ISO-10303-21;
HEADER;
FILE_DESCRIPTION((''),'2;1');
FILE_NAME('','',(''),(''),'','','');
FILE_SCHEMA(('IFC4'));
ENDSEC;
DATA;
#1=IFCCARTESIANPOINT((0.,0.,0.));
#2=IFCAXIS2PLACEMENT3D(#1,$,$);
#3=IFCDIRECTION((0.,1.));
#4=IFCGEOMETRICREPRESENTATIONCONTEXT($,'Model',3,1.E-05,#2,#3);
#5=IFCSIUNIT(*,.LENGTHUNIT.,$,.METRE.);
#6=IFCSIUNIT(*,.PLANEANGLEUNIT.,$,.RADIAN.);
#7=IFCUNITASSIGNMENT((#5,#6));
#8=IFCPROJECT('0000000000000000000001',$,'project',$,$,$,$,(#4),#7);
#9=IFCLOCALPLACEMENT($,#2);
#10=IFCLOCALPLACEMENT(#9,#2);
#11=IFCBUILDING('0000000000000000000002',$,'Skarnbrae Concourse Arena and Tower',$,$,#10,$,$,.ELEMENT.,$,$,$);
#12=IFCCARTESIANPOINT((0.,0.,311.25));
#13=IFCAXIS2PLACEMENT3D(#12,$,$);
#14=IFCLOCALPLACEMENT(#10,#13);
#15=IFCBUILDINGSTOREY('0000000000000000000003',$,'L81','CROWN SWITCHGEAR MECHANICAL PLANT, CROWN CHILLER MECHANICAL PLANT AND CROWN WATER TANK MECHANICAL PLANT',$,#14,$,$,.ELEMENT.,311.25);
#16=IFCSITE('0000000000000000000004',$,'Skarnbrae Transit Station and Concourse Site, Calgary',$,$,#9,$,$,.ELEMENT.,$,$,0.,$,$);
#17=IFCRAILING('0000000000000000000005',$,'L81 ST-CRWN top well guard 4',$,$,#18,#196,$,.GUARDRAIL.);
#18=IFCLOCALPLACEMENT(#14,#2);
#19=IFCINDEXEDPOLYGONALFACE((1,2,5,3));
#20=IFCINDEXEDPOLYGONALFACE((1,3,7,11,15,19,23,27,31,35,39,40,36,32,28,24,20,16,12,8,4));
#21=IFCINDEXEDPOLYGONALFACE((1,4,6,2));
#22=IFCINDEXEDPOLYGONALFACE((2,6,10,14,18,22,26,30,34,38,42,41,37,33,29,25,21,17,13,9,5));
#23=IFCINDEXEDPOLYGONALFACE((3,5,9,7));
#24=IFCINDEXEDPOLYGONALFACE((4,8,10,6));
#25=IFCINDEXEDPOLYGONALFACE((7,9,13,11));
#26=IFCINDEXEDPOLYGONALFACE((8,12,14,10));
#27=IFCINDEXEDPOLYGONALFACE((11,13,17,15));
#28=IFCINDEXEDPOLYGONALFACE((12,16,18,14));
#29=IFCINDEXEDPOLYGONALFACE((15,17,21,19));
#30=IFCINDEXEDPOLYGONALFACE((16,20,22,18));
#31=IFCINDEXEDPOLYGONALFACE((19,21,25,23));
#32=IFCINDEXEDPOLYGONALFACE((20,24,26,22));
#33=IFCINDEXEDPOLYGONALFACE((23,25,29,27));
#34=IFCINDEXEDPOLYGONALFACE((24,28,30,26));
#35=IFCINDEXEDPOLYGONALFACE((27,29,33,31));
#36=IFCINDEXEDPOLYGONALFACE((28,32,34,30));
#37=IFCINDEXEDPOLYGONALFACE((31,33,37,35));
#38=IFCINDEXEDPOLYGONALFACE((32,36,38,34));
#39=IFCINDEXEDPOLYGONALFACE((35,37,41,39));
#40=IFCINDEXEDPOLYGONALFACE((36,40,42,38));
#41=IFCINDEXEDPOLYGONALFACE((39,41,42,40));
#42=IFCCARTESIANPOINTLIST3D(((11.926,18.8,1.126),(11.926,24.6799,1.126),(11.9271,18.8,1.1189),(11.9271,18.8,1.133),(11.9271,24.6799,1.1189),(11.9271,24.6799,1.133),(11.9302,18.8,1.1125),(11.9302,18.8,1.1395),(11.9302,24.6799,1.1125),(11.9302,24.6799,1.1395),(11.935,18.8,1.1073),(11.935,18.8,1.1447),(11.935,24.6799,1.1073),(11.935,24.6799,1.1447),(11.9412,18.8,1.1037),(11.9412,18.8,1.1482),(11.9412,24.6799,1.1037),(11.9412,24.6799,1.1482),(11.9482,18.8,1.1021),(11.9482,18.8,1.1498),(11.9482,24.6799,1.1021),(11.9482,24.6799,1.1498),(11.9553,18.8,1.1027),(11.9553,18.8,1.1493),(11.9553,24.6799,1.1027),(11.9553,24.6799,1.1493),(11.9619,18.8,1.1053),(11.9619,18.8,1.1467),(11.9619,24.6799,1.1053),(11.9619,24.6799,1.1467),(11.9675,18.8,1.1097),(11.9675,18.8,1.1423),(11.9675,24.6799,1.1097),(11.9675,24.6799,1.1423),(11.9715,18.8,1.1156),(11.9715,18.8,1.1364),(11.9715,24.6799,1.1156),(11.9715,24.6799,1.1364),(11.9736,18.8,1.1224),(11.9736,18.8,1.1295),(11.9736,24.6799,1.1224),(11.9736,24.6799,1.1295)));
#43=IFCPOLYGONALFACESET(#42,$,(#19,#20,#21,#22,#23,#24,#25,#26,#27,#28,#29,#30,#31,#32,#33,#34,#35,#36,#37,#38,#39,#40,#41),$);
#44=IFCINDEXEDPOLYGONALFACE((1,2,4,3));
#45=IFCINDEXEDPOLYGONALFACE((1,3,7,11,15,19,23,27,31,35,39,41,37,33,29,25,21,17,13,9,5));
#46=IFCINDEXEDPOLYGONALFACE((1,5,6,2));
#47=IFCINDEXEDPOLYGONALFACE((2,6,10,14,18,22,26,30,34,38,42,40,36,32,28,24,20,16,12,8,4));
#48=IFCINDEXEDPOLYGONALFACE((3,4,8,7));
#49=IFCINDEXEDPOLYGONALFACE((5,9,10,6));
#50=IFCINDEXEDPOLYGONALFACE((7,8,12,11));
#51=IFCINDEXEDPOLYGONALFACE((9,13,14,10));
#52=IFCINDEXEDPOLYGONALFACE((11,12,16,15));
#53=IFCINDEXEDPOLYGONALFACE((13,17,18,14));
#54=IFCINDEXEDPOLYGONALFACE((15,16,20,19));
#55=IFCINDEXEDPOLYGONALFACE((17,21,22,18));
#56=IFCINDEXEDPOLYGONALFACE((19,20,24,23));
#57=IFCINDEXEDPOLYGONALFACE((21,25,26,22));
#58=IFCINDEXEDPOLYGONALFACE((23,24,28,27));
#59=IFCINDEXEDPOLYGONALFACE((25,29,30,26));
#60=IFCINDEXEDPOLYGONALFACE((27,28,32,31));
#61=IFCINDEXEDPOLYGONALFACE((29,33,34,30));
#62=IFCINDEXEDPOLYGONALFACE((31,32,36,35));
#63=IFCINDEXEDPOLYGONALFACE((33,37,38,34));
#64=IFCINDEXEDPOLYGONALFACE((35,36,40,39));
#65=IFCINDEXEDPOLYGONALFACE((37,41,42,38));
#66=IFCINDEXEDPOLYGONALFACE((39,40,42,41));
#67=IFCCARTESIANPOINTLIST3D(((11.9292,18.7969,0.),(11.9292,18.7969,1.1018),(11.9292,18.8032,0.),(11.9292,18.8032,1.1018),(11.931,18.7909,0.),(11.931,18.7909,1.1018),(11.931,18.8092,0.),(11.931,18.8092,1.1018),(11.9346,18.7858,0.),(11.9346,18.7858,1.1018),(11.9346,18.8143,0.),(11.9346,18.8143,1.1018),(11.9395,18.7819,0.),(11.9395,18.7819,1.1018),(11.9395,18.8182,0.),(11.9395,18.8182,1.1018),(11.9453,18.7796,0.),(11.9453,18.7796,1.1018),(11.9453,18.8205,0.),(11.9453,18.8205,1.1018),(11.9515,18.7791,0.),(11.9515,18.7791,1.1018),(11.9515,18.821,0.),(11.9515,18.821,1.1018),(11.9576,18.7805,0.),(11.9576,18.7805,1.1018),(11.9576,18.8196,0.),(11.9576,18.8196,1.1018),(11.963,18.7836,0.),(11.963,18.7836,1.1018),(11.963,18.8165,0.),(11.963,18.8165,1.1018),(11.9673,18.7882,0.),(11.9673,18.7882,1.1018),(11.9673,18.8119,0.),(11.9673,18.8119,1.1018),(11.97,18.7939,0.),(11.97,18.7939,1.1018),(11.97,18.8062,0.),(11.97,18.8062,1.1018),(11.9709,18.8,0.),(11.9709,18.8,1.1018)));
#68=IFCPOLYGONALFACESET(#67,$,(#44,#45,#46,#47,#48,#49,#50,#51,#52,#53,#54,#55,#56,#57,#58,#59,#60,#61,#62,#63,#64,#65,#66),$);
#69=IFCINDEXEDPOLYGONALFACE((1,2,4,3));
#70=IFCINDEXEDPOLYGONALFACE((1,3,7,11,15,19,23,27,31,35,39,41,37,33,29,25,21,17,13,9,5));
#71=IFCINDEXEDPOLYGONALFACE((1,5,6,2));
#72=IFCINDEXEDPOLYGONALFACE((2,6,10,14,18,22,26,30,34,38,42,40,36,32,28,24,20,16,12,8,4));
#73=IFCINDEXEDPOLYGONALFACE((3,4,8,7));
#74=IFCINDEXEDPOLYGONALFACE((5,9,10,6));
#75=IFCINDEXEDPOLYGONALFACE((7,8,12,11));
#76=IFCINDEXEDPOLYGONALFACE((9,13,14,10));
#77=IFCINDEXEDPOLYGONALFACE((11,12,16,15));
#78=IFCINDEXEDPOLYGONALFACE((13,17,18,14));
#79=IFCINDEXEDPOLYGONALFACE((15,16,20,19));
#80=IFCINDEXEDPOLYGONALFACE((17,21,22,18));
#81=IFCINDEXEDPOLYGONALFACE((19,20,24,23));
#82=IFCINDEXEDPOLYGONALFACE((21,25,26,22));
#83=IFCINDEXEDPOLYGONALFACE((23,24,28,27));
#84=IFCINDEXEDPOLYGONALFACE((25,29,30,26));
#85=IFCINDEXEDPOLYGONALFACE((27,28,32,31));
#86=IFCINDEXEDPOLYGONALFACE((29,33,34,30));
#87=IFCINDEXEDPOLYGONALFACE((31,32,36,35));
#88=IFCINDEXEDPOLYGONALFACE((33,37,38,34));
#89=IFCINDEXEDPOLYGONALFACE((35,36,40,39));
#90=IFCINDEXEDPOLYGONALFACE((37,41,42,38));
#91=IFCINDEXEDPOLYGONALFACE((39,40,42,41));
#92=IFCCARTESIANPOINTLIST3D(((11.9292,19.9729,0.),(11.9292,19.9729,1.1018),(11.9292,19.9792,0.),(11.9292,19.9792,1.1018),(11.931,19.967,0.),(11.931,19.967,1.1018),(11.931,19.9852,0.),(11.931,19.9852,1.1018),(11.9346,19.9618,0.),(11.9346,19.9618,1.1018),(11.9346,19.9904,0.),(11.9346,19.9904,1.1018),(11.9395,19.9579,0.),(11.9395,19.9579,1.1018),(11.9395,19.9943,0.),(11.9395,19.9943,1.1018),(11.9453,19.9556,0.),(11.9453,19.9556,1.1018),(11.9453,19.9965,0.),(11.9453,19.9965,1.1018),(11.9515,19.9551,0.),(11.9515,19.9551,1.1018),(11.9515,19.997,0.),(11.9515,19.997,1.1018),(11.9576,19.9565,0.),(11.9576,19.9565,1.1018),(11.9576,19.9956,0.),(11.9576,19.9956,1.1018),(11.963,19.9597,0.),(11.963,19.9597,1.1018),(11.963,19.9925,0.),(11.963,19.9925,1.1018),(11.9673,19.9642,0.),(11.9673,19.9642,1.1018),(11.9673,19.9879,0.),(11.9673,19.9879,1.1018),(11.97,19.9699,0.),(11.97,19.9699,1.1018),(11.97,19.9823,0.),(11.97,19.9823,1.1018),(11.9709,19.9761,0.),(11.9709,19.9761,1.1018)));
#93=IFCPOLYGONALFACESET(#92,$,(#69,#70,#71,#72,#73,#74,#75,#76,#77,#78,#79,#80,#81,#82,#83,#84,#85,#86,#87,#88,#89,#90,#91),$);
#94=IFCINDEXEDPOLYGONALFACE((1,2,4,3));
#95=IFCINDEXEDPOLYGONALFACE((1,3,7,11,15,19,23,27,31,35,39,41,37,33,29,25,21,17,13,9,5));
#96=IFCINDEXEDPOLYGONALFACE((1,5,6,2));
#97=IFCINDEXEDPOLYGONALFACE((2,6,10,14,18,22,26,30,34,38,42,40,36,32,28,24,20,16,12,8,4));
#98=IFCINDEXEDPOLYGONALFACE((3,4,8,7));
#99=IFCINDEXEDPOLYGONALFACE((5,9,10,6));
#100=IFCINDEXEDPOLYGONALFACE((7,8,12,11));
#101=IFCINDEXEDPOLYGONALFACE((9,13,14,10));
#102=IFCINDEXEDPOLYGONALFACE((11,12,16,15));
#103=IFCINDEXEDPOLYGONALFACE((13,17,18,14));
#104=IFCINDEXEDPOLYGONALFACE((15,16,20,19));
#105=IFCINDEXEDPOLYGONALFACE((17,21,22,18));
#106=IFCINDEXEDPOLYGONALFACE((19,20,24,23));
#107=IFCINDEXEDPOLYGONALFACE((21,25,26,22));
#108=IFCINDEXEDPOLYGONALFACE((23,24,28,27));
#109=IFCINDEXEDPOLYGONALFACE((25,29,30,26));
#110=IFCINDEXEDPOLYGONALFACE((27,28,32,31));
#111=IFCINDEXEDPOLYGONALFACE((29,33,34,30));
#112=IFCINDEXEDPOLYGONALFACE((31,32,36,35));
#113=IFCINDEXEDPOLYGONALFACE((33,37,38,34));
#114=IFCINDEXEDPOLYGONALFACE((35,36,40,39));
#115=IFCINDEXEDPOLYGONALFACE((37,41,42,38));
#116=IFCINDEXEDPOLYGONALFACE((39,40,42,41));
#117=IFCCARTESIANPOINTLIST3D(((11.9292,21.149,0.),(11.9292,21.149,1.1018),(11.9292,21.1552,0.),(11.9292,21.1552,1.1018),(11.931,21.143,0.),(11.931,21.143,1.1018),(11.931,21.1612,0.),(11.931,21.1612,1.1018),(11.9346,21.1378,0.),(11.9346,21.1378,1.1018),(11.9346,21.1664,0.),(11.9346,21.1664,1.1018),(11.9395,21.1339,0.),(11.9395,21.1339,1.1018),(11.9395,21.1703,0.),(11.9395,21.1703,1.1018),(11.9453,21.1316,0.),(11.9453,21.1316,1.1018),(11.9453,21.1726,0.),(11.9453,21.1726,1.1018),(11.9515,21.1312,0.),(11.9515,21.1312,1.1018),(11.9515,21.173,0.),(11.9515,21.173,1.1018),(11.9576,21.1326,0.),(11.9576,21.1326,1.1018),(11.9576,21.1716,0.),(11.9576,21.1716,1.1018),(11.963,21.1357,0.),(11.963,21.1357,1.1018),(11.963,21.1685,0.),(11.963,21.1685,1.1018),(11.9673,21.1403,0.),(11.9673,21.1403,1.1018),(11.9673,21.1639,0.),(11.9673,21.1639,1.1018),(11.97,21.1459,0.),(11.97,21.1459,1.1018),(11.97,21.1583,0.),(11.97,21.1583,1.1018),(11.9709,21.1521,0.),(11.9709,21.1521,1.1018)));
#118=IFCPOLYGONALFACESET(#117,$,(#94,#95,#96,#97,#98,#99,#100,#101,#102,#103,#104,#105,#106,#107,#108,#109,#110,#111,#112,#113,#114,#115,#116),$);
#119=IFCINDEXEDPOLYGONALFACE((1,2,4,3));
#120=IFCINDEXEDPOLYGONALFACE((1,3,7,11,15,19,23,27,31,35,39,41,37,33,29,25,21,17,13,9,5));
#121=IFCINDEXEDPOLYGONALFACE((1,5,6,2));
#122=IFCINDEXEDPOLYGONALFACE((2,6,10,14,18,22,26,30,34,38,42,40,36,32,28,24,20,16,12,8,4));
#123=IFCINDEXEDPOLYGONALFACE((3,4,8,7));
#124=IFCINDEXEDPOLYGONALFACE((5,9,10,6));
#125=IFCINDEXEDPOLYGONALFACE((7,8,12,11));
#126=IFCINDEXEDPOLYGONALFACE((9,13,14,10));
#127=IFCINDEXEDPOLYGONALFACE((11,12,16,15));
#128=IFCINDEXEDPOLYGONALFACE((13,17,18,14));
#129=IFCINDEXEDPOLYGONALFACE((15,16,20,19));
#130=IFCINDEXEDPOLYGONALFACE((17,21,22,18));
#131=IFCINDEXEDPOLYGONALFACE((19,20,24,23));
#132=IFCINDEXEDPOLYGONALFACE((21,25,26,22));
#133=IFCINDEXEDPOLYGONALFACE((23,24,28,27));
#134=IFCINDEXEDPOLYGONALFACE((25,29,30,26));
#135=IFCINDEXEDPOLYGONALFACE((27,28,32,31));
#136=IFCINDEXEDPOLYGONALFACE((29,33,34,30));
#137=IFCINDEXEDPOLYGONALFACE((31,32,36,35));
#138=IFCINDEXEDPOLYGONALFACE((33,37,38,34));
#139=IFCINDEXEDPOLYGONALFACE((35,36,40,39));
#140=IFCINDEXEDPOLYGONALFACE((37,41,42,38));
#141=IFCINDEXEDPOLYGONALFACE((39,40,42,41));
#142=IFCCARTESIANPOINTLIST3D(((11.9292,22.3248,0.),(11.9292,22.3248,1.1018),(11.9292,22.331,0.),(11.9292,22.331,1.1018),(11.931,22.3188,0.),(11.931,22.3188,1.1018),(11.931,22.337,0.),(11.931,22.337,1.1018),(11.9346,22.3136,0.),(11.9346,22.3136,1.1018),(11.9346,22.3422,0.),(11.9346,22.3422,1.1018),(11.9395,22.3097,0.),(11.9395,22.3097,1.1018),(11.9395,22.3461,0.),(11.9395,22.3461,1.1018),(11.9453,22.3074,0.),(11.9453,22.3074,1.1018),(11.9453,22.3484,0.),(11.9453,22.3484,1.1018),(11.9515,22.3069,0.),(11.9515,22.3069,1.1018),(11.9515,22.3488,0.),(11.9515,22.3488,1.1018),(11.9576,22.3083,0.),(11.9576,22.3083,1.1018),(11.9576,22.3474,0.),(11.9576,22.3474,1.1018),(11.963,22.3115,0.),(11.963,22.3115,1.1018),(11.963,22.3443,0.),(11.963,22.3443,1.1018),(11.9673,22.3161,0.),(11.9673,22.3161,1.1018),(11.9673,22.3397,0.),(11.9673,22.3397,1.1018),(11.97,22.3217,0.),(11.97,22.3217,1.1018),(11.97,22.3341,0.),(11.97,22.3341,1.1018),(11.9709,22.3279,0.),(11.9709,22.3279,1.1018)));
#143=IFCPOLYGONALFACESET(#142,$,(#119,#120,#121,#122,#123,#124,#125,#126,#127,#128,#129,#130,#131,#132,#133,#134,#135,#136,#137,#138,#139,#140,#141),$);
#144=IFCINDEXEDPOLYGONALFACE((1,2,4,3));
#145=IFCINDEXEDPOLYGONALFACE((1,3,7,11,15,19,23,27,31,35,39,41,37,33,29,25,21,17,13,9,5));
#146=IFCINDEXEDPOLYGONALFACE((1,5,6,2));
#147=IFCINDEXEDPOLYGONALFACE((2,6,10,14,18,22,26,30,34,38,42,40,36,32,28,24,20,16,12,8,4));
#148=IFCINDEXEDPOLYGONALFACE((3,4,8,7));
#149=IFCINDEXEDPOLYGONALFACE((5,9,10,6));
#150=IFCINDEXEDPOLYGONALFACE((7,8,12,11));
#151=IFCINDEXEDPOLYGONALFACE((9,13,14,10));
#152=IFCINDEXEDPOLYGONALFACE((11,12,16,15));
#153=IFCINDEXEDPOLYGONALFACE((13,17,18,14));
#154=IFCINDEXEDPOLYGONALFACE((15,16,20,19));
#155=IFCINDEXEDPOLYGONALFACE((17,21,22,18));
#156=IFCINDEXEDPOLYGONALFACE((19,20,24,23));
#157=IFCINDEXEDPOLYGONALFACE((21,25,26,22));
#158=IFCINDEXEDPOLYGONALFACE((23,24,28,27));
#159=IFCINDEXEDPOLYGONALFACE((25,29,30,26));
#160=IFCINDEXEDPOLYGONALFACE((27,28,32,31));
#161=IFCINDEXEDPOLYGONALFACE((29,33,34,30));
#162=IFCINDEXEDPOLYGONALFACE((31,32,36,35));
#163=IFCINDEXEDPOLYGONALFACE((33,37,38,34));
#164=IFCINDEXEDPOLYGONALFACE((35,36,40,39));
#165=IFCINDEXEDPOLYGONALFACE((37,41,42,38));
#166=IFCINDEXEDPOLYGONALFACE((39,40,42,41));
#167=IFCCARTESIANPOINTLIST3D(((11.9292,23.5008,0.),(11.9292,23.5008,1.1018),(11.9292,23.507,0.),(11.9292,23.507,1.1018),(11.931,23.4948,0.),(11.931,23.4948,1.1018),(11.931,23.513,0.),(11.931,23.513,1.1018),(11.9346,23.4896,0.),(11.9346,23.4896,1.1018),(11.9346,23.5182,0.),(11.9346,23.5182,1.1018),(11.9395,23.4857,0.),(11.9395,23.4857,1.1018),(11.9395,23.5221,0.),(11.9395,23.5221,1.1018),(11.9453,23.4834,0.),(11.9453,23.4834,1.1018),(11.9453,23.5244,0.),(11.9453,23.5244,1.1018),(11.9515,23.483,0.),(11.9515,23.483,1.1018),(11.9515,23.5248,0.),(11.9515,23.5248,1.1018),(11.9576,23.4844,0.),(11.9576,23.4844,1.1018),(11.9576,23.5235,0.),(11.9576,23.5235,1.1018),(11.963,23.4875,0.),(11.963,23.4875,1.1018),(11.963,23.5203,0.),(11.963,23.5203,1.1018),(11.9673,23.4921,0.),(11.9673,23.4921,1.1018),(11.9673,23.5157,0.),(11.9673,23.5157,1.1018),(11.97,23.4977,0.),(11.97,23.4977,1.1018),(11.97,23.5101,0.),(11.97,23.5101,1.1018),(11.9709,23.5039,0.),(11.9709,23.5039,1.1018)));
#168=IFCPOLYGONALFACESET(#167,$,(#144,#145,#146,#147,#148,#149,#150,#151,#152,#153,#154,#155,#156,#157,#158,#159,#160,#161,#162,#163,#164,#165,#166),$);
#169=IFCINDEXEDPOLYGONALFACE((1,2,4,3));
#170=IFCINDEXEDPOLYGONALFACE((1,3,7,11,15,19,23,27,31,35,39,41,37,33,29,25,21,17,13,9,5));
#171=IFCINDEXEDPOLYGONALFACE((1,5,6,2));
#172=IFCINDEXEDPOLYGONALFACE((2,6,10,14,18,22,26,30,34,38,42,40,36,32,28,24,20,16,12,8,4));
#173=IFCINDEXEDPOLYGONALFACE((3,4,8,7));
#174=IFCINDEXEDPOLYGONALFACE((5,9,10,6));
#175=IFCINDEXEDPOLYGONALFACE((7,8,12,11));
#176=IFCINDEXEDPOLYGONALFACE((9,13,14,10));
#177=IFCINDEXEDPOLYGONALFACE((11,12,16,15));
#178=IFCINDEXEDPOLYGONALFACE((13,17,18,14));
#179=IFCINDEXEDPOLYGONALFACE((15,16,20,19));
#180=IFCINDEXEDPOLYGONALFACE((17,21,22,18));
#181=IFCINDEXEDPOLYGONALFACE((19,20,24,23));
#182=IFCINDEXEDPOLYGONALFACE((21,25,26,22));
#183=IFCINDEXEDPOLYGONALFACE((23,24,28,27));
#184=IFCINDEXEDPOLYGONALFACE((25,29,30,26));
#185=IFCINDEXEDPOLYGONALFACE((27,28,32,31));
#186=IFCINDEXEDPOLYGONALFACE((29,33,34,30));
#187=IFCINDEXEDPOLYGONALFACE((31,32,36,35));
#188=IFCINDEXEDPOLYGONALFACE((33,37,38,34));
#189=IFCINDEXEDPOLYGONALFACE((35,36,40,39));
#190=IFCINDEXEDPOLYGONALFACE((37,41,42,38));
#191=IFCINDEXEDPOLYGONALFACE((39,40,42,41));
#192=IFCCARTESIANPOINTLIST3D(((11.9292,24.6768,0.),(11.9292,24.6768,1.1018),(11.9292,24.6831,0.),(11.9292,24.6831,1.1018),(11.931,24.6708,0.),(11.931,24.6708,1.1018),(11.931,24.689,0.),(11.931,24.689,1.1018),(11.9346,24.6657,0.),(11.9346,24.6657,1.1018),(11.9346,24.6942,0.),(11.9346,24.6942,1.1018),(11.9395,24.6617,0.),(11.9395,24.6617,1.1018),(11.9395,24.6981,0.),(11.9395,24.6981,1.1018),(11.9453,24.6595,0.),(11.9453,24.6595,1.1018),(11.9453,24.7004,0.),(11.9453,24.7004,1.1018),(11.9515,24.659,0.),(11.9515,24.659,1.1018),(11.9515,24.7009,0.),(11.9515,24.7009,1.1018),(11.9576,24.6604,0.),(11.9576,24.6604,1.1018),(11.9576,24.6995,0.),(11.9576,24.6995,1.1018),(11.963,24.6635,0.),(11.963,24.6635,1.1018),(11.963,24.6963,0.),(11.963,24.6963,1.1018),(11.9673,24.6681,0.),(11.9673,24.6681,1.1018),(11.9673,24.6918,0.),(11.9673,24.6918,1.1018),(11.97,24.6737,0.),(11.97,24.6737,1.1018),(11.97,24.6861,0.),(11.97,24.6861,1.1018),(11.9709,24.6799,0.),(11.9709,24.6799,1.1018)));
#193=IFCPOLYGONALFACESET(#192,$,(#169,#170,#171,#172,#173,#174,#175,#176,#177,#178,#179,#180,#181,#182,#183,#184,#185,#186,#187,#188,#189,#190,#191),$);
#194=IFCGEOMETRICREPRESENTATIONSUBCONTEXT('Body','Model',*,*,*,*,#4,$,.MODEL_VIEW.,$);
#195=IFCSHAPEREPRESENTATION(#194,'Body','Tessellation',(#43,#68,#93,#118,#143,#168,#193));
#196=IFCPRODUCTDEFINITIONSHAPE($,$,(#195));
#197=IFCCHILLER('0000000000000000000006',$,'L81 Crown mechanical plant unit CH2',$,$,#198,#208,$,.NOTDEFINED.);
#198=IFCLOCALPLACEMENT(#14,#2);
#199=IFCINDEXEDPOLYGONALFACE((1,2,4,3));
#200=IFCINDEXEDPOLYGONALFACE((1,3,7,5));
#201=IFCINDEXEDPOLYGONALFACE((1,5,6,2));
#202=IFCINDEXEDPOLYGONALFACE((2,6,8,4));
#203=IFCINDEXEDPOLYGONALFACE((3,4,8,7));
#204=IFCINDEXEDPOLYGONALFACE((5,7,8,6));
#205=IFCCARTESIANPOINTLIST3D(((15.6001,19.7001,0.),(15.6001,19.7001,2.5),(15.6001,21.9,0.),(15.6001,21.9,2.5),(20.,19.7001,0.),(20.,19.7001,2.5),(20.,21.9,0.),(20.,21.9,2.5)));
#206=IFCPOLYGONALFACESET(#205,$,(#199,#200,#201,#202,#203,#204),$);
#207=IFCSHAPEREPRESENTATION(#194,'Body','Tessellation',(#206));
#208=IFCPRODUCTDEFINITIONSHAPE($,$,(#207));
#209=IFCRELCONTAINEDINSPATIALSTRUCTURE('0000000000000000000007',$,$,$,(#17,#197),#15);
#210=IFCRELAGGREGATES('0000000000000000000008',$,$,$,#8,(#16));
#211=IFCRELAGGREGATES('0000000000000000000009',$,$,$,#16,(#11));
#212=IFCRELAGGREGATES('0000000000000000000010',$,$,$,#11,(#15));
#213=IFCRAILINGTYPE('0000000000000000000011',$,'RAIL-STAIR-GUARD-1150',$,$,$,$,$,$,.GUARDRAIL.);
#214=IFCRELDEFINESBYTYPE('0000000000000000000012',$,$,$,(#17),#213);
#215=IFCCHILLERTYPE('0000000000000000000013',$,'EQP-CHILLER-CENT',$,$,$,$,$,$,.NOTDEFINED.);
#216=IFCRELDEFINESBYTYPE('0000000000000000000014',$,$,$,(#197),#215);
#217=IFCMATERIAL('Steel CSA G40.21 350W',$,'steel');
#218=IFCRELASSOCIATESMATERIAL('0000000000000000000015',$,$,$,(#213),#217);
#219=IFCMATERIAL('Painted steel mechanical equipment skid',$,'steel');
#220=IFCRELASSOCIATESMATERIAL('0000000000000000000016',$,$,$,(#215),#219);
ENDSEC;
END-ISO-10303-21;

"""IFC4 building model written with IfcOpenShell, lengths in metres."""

from ifc_helpers import new_model, si_unit, direction, frame, origin, origin_2d, place, context, subcontext, project, spatial, rectangle, circle, extrude, source, transform, mapped, material, type_object, element, save


model = new_model("IFC4")

# Units and contexts
model_context = context("Model", 3, precision=1e-05, world=origin(), true_north=direction((0.0, 1.0)))
body_context = subcontext(model_context, "Body", "Model", "MODEL_VIEW")
ifc_project = project(units=[si_unit("LENGTHUNIT", "METRE"), si_unit("PLANEANGLEUNIT", "RADIAN")], contexts=[model_context])

# Site, building, storey
site_placement = place(None, origin())
site = spatial("IfcSite", under=ifc_project, at=site_placement, Name="Skarnbrae Transit Station and Concourse Site, Calgary", CompositionType="ELEMENT", RefElevation=0.0)
building_placement = place(site_placement, origin())
building = spatial("IfcBuilding", under=site, at=building_placement, Name="Skarnbrae Concourse Arena and Tower", CompositionType="ELEMENT")
storey_placement = place(building_placement, frame((0.0, 0.0, 311.25)))
storey = spatial("IfcBuildingStorey", under=building, at=storey_placement, Name="L81", Description="CROWN SWITCHGEAR MECHANICAL PLANT, CROWN CHILLER MECHANICAL PLANT AND CROWN WATER TANK MECHANICAL PLANT", CompositionType="ELEMENT", Elevation=311.25)

# Shared definitions
ifc_material_1 = material(Name="Steel CSA G40.21 350W", Category="steel")

# Railing
railing_type = type_object("IfcRailingType", Name="RAIL-STAIR-GUARD-1150", PredefinedType="GUARDRAIL", material=ifc_material_1)
for number, where, name in (
    (1, (11.95, 18.8, 0.0), "L81 ST-CRWN top well guard 4"),
):
    element("IfcRailing", number, at=place(storey_placement, frame(where)), inside=storey, type_object=railing_type, Name=name, PredefinedType="GUARDRAIL", context=body_context, shape_type="SweptSolid", body=[
        extrude(circle(Radius=0.0239, at=origin_2d()), frame((0.0, 0.0, 1.126), z_axis=(0.0, 1.0, 0.0), x_axis=(-1.0, 0.0, 0.0)), (0.0, 0.0, 1.0), 5.8799),
        extrude(circle(Radius=0.021, at=origin_2d()), origin(), (0.0, 0.0, 1.0), 1.1018),
        extrude(circle(Radius=0.021, at=origin_2d()), frame((0.0, 1.176, 0.0)), (0.0, 0.0, 1.0), 1.1018),
        extrude(circle(Radius=0.021, at=origin_2d()), frame((0.0, 2.3521, 0.0)), (0.0, 0.0, 1.0), 1.1018),
        extrude(circle(Radius=0.021, at=origin_2d()), frame((0.0, 3.5278, 0.0)), (0.0, 0.0, 1.0), 1.1018),
        extrude(circle(Radius=0.021, at=origin_2d()), frame((0.0, 4.7039, 0.0)), (0.0, 0.0, 1.0), 1.1018),
        extrude(circle(Radius=0.021, at=origin_2d()), frame((0.0, 5.8799, 0.0)), (0.0, 0.0, 1.0), 1.1018),
    ])

# Chiller
ifc_material_2 = material(Name="Painted steel mechanical equipment skid", Category="steel")
chiller_type = type_object("IfcChillerType", Name="EQP-CHILLER-CENT", PredefinedType="NOTDEFINED", material=ifc_material_2)
shared_shape_1 = source(origin(), body_context, "Body", "SweptSolid", [
    extrude(rectangle(XDim=4.3999, YDim=2.2, at=origin_2d()), origin(), (0.0, 0.0, 1.0), 2.5),
])
chiller_placement = place(storey_placement, frame((17.8, 20.8, 0.0), z_axis=(0.0, 0.0, 1.0), x_axis=(1.0, 0.0, 0.0)))
element("IfcChiller", 2, at=chiller_placement, inside=storey, type_object=chiller_type, Name="L81 Crown mechanical plant unit CH2", PredefinedType="NOTDEFINED", context=body_context, shape_type="MappedRepresentation", body=[
    mapped(shared_shape_1, transform((0.0, 0.0, 0.0))),
])

save(model, "model.ifc")
